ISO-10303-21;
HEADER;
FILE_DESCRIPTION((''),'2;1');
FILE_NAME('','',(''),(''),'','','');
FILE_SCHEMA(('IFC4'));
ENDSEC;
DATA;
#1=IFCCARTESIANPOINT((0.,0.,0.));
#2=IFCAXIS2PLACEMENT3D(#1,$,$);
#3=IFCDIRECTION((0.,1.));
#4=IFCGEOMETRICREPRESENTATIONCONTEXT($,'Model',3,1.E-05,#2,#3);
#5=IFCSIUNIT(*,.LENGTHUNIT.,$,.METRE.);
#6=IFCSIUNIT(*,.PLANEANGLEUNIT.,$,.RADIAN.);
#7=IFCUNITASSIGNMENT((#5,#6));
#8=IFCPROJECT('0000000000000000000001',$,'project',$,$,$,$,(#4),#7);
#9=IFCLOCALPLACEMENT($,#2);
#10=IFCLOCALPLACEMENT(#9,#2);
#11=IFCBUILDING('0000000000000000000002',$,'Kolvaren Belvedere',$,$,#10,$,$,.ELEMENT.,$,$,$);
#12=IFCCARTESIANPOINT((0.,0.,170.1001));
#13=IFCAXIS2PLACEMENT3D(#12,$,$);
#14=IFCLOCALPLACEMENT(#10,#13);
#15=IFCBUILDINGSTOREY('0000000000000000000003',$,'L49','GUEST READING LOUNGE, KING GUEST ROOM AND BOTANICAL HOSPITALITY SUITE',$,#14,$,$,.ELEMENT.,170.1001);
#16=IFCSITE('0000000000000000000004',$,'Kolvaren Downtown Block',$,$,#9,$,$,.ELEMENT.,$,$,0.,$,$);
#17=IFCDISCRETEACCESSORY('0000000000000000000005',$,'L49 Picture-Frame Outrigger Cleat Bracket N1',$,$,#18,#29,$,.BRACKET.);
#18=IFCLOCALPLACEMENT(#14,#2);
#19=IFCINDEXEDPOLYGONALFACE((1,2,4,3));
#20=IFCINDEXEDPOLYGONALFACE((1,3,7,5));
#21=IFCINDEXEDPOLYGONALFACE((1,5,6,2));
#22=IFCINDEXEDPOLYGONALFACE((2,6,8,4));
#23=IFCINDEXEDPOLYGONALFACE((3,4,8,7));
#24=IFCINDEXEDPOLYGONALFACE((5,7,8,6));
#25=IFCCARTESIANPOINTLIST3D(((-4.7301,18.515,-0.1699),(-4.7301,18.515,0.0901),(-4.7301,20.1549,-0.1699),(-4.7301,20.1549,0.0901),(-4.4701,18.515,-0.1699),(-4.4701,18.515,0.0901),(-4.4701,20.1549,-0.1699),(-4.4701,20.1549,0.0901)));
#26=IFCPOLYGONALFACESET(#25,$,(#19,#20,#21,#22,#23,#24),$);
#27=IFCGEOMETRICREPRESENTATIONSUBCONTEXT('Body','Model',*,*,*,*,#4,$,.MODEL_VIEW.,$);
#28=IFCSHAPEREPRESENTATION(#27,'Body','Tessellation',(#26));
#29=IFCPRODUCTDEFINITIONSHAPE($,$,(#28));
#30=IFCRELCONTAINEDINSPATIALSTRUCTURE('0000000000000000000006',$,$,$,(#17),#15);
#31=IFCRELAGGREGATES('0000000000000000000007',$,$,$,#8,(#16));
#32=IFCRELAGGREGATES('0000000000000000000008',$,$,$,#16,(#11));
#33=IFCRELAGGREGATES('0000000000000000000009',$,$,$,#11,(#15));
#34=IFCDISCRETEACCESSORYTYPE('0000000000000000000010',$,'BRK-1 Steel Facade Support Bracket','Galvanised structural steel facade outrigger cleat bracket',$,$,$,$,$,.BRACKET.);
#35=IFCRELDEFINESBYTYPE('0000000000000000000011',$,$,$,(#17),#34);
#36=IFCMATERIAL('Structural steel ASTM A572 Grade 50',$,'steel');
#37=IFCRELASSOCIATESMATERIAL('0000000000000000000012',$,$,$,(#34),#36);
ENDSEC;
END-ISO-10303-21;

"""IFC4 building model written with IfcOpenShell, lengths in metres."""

from ifc_helpers import new_model, si_unit, direction, frame, origin, origin_2d, place, context, subcontext, project, spatial, rectangle, extrude, material, type_object, element, save


model = new_model("IFC4")

# Units and contexts
model_context = context("Model", 3, precision=1e-05, world=origin(), true_north=direction((0.0, 1.0)))
body_context = subcontext(model_context, "Body", "Model", "MODEL_VIEW")
ifc_project = project(units=[si_unit("LENGTHUNIT", "METRE"), si_unit("PLANEANGLEUNIT", "RADIAN")], contexts=[model_context])

# Site, building, storey
site_placement = place(None, origin())
site = spatial("IfcSite", under=ifc_project, at=site_placement, Name="Kolvaren Downtown Block", CompositionType="ELEMENT", RefElevation=0.0)
building_placement = place(site_placement, origin())
building = spatial("IfcBuilding", under=site, at=building_placement, Name="Kolvaren Belvedere", CompositionType="ELEMENT")
storey_placement = place(building_placement, frame((0.0, 0.0, 170.1001)))
storey = spatial("IfcBuildingStorey", under=building, at=storey_placement, Name="L49", Description="GUEST READING LOUNGE, KING GUEST ROOM AND BOTANICAL HOSPITALITY SUITE", CompositionType="ELEMENT", Elevation=170.1001)

# Discrete accessory
ifc_material_1 = material(Name="Structural steel ASTM A572 Grade 50", Category="steel")
discrete_accessory_type = type_object("IfcDiscreteAccessoryType", Name="BRK-1 Steel Facade Support Bracket", Description="Galvanised structural steel facade outrigger cleat bracket", PredefinedType="BRACKET", material=ifc_material_1)
discrete_accessory_placement = place(storey_placement, frame((-4.6001, 19.335, -0.1699), z_axis=(0.0, 0.0, 1.0), x_axis=(0.0, 1.0, 0.0)))
element("IfcDiscreteAccessory", 1, at=discrete_accessory_placement, inside=storey, type_object=discrete_accessory_type, Name="L49 Picture-Frame Outrigger Cleat Bracket N1", PredefinedType="BRACKET", context=body_context, shape_type="SweptSolid", body=[
    extrude(rectangle(XDim=1.6399, YDim=0.26, at=origin_2d()), origin(), (0.0, 0.0, 1.0), 0.26),
])

save(model, "model.ifc")
